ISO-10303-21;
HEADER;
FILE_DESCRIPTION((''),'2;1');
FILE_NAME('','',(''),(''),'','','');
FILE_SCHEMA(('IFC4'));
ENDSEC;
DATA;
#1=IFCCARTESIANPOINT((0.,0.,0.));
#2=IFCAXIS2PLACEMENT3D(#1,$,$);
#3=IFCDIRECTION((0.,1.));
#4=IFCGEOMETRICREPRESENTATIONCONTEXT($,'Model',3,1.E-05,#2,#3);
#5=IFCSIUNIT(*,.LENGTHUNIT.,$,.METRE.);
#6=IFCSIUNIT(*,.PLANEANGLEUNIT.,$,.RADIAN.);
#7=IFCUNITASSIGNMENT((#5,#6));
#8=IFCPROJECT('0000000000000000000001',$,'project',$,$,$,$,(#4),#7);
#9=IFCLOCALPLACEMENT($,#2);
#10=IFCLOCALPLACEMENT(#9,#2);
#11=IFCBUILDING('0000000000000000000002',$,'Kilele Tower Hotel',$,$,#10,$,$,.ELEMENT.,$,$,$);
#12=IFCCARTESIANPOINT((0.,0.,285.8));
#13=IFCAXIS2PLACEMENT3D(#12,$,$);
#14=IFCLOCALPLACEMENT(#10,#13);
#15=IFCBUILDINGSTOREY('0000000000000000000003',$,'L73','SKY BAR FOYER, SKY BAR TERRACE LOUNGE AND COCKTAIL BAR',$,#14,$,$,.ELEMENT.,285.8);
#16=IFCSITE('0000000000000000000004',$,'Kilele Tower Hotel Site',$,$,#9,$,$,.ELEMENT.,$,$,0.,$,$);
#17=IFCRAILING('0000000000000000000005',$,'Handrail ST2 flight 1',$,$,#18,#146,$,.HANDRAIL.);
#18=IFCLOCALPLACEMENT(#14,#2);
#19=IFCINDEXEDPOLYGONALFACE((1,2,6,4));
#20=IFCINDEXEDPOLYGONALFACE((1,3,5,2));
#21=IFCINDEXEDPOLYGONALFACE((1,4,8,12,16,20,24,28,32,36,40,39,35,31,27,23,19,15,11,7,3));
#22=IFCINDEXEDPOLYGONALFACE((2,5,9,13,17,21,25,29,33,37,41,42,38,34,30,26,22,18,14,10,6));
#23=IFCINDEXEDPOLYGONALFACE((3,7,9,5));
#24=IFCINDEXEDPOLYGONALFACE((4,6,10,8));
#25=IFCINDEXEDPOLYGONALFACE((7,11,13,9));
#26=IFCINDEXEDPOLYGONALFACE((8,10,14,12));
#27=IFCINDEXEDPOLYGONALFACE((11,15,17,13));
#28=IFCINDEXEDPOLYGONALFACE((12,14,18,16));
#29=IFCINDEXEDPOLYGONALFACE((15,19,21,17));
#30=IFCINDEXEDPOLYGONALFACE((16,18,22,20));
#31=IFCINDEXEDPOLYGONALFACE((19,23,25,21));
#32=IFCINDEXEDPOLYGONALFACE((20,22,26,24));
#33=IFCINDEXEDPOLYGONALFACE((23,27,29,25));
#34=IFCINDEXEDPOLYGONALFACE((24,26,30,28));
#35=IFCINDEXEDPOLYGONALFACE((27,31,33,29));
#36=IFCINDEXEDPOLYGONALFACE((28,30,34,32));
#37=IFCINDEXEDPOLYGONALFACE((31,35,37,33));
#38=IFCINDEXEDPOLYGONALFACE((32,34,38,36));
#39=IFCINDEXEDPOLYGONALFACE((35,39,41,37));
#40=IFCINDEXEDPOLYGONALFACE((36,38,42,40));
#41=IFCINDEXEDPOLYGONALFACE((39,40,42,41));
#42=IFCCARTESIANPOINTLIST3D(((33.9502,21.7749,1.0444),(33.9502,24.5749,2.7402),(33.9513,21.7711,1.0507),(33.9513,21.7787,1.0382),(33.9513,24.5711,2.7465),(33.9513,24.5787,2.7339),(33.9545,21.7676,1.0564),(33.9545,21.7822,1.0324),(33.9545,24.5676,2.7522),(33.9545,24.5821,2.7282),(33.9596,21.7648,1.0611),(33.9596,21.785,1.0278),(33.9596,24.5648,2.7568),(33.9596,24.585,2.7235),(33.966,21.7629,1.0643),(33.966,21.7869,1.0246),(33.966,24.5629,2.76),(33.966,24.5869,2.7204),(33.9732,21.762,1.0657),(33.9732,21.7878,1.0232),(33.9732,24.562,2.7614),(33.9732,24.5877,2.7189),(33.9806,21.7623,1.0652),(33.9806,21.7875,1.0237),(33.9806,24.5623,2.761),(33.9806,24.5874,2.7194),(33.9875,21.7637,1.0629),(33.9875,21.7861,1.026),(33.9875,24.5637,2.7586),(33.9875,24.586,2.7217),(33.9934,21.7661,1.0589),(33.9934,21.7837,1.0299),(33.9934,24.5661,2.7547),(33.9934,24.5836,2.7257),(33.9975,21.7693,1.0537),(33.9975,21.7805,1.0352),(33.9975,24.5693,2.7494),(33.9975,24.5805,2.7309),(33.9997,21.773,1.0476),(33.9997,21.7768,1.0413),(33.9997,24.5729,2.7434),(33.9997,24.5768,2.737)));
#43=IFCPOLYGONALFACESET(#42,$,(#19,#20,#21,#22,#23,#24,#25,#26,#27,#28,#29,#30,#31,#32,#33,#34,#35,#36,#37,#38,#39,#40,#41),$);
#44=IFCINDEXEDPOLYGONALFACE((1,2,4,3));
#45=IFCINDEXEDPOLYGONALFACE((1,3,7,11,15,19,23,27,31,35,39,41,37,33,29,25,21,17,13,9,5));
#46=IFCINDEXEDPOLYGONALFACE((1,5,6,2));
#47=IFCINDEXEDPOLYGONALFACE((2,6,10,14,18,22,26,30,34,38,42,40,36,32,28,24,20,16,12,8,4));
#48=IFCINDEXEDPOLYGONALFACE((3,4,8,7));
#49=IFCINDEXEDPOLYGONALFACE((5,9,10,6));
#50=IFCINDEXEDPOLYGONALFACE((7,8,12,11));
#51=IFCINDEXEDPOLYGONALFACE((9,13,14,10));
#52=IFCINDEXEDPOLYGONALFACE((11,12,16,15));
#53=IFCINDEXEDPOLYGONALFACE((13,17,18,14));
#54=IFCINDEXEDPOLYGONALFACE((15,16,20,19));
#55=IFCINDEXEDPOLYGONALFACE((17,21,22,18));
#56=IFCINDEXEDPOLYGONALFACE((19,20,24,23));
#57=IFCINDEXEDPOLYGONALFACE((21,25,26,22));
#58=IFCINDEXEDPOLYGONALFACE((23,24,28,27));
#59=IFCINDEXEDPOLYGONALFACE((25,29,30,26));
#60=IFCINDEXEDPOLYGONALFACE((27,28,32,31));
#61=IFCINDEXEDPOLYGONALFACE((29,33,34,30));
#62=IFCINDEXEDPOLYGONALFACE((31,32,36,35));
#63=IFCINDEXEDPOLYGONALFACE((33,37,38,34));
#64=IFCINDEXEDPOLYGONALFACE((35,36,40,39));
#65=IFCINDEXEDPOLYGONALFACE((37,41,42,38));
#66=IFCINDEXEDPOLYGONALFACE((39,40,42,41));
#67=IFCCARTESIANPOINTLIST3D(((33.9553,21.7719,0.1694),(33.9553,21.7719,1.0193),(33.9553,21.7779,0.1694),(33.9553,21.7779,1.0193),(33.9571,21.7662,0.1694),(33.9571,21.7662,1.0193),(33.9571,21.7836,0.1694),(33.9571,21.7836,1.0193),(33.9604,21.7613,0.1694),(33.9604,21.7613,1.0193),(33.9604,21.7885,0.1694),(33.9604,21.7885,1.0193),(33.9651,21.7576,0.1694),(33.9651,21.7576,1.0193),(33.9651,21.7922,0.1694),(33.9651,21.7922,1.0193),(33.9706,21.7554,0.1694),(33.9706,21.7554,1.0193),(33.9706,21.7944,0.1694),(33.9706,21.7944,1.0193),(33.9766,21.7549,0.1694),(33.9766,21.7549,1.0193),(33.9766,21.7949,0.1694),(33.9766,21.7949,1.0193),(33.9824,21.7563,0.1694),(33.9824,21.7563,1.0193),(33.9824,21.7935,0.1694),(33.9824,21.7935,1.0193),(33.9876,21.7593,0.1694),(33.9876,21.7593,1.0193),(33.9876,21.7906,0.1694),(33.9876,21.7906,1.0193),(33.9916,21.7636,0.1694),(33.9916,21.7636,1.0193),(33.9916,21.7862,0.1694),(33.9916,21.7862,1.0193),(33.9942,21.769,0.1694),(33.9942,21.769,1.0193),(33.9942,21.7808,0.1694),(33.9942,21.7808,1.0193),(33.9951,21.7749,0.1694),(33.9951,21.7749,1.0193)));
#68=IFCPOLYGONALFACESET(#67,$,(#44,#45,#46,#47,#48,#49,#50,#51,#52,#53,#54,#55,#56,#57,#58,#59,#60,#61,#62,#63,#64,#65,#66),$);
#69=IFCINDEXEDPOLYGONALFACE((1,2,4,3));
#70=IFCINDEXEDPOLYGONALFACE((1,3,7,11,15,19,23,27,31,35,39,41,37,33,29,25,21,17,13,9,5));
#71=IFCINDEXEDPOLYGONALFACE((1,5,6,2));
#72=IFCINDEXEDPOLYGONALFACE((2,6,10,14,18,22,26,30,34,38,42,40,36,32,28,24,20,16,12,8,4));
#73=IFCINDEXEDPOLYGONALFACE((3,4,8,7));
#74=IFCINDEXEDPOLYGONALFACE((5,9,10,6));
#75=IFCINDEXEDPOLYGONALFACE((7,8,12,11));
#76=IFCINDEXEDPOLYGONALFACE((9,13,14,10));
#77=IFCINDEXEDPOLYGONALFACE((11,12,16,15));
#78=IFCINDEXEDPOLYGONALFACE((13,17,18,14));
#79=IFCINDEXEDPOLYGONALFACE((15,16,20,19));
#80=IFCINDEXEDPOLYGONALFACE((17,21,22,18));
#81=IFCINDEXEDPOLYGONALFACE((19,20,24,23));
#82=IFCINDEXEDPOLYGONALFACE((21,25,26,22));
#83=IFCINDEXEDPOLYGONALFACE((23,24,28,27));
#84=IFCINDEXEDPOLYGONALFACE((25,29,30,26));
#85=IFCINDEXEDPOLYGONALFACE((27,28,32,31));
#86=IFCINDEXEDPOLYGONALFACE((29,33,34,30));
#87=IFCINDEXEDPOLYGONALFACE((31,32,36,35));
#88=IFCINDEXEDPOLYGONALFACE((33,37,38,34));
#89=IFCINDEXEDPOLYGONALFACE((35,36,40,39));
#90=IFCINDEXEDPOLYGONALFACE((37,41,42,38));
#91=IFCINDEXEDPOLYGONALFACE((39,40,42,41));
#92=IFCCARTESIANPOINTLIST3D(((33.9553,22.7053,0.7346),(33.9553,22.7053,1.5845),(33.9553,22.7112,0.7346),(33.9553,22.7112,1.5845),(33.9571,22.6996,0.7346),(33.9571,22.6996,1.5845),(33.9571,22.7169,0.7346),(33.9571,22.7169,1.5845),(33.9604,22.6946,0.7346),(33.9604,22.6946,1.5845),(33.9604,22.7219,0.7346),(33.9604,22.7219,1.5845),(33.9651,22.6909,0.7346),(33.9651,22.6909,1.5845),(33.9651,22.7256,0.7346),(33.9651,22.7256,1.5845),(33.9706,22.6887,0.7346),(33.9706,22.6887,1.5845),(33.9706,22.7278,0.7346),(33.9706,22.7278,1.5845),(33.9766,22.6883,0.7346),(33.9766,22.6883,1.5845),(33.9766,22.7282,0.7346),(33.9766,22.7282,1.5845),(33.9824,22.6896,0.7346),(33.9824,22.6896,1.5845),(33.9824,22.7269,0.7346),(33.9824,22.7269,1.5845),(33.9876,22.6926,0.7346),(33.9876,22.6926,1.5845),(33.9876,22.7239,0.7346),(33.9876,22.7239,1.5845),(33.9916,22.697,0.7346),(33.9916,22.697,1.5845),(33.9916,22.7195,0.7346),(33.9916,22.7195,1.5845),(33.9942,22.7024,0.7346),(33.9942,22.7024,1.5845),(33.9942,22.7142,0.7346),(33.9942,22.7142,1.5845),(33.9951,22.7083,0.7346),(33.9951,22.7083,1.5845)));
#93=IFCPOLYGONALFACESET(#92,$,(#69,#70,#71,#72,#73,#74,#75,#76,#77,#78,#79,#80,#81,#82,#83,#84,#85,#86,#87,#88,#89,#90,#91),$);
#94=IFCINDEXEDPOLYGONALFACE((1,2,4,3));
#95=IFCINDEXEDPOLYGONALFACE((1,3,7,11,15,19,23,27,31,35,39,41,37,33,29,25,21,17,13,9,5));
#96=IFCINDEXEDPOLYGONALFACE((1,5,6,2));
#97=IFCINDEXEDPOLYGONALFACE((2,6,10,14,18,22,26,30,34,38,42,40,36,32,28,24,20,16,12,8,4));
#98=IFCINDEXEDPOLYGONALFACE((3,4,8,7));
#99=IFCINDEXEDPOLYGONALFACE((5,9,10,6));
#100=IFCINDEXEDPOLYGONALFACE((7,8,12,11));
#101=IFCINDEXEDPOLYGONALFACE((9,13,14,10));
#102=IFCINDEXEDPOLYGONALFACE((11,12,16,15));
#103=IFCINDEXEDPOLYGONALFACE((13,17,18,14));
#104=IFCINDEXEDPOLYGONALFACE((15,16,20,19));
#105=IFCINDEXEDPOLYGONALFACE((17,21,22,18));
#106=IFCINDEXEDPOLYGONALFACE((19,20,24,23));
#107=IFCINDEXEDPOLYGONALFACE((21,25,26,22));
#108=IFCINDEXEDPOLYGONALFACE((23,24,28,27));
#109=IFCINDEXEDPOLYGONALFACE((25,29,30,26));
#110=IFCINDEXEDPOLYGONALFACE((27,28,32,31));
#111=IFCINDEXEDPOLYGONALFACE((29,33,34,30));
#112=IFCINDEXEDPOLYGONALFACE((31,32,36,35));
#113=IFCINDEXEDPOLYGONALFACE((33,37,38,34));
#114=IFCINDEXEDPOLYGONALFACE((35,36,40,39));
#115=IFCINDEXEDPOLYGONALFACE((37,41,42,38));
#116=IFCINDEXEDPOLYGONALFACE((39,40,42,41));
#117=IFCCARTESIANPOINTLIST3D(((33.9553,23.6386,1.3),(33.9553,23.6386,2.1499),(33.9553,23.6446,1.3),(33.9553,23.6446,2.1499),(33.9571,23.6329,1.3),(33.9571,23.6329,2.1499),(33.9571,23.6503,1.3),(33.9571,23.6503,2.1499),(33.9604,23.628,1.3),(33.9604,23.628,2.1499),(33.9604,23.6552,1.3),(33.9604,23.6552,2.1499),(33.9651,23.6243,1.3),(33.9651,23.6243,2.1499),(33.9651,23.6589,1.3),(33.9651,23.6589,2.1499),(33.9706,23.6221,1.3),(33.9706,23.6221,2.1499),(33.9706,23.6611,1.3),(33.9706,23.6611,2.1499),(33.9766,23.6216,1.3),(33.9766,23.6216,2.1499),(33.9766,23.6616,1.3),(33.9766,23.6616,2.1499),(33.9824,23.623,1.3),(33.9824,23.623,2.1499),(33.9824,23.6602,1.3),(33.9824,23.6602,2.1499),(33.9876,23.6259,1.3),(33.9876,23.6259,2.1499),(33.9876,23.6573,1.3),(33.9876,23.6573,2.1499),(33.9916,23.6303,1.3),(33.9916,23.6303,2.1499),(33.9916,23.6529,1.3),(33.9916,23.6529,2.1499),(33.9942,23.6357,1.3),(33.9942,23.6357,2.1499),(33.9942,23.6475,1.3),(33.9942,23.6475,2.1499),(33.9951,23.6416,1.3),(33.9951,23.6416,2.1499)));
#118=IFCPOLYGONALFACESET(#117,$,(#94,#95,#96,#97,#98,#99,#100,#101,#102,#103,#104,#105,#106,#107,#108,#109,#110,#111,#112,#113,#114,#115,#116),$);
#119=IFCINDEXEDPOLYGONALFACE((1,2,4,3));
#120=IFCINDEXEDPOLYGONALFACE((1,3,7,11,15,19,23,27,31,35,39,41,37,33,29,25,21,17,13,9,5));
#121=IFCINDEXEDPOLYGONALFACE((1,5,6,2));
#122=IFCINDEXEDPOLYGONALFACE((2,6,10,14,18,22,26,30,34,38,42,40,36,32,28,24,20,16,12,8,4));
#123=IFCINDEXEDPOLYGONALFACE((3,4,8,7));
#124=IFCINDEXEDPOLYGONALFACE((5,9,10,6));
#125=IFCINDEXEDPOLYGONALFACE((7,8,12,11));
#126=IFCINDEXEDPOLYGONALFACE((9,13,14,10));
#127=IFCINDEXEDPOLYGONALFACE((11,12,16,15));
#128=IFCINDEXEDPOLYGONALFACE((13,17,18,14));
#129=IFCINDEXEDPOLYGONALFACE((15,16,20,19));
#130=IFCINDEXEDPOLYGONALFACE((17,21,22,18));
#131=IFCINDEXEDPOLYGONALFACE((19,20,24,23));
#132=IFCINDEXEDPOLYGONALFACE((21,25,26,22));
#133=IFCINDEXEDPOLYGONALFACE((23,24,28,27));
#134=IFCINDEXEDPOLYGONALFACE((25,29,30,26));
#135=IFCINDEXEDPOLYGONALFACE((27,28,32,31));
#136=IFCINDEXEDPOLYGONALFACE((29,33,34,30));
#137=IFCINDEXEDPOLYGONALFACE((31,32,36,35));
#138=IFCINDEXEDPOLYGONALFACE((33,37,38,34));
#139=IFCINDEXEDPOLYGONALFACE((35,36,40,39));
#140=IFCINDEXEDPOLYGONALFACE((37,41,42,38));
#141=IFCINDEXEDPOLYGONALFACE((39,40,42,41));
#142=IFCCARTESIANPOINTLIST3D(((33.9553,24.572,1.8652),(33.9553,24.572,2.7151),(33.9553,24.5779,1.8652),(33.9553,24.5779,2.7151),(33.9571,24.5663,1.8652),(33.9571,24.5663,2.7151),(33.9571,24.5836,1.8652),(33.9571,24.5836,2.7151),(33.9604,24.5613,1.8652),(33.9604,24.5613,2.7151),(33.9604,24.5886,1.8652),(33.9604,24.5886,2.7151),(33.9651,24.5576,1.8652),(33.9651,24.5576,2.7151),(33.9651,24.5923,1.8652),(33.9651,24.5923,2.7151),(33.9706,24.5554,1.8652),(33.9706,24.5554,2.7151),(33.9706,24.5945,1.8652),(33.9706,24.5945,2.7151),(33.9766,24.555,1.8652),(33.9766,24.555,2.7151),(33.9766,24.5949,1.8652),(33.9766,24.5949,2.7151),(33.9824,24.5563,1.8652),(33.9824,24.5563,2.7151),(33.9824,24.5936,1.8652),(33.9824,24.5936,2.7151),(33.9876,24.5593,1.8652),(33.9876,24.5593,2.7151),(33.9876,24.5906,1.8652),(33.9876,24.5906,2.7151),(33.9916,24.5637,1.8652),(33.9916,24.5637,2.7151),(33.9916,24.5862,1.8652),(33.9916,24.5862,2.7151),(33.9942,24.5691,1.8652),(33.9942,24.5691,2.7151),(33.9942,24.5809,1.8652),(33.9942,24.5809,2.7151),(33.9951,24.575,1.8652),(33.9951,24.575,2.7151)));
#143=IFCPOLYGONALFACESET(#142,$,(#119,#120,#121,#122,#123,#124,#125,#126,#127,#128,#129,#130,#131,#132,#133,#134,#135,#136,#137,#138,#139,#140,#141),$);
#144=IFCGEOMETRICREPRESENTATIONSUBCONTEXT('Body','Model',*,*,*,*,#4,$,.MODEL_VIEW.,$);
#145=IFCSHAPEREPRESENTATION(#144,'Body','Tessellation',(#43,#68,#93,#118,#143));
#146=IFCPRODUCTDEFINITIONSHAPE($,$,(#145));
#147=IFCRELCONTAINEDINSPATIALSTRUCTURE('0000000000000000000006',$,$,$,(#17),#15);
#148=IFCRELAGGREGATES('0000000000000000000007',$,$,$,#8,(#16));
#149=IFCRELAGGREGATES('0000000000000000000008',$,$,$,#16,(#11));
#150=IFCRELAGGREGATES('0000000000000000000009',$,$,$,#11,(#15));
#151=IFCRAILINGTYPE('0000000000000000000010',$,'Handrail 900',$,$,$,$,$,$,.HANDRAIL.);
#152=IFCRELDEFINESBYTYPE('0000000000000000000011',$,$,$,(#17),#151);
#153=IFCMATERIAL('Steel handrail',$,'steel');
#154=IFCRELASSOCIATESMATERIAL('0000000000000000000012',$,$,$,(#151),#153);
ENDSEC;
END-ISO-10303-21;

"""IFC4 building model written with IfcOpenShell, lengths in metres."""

from ifc_helpers import new_model, si_unit, direction, frame, origin, origin_2d, place, context, subcontext, project, spatial, circle, extrude, material, type_object, element, save


model = new_model("IFC4")

# Units and contexts
model_context = context("Model", 3, precision=1e-05, world=origin(), true_north=direction((0.0, 1.0)))
body_context = subcontext(model_context, "Body", "Model", "MODEL_VIEW")
ifc_project = project(units=[si_unit("LENGTHUNIT", "METRE"), si_unit("PLANEANGLEUNIT", "RADIAN")], contexts=[model_context])

# Site, building, storey
site_placement = place(None, origin())
site = spatial("IfcSite", under=ifc_project, at=site_placement, Name="Kilele Tower Hotel Site", CompositionType="ELEMENT", RefElevation=0.0)
building_placement = place(site_placement, origin())
building = spatial("IfcBuilding", under=site, at=building_placement, Name="Kilele Tower Hotel", CompositionType="ELEMENT")
storey_placement = place(building_placement, frame((0.0, 0.0, 285.8)))
storey = spatial("IfcBuildingStorey", under=building, at=storey_placement, Name="L73", Description="SKY BAR FOYER, SKY BAR TERRACE LOUNGE AND COCKTAIL BAR", CompositionType="ELEMENT", Elevation=285.8)

# Railing
ifc_material_1 = material(Name="Steel handrail", Category="steel")
railing_type_1 = type_object("IfcRailingType", Name="Handrail 900", PredefinedType="HANDRAIL", material=ifc_material_1)
for number, where, name in (
    (1, (33.9751, 21.7749, 0.1694), "Handrail ST2 flight 1"),
):
    element("IfcRailing", number, at=place(storey_placement, frame(where)), inside=storey, type_object=railing_type_1, Name=name, PredefinedType="HANDRAIL", context=body_context, shape_type="SweptSolid", body=[
        extrude(circle(Radius=0.0249, at=origin_2d()), frame((0.0, 0.0, 0.875), z_axis=(0.0, 0.85536, 0.518034), x_axis=(-1.0, 0.0, 0.0)), (0.0, 0.0, 1.0), 3.2734),
        extrude(circle(Radius=0.02, at=origin_2d()), origin(), (0.0, 0.0, 1.0), 0.8499),
        extrude(circle(Radius=0.02, at=origin_2d()), frame((0.0, 0.9333, 0.5652)), (0.0, 0.0, 1.0), 0.8499),
        extrude(circle(Radius=0.02, at=origin_2d()), frame((0.0, 1.8667, 1.1306)), (0.0, 0.0, 1.0), 0.8499),
        extrude(circle(Radius=0.02, at=origin_2d()), frame((0.0, 2.8, 1.6958)), (0.0, 0.0, 1.0), 0.8499),
    ])

save(model, "model.ifc")
